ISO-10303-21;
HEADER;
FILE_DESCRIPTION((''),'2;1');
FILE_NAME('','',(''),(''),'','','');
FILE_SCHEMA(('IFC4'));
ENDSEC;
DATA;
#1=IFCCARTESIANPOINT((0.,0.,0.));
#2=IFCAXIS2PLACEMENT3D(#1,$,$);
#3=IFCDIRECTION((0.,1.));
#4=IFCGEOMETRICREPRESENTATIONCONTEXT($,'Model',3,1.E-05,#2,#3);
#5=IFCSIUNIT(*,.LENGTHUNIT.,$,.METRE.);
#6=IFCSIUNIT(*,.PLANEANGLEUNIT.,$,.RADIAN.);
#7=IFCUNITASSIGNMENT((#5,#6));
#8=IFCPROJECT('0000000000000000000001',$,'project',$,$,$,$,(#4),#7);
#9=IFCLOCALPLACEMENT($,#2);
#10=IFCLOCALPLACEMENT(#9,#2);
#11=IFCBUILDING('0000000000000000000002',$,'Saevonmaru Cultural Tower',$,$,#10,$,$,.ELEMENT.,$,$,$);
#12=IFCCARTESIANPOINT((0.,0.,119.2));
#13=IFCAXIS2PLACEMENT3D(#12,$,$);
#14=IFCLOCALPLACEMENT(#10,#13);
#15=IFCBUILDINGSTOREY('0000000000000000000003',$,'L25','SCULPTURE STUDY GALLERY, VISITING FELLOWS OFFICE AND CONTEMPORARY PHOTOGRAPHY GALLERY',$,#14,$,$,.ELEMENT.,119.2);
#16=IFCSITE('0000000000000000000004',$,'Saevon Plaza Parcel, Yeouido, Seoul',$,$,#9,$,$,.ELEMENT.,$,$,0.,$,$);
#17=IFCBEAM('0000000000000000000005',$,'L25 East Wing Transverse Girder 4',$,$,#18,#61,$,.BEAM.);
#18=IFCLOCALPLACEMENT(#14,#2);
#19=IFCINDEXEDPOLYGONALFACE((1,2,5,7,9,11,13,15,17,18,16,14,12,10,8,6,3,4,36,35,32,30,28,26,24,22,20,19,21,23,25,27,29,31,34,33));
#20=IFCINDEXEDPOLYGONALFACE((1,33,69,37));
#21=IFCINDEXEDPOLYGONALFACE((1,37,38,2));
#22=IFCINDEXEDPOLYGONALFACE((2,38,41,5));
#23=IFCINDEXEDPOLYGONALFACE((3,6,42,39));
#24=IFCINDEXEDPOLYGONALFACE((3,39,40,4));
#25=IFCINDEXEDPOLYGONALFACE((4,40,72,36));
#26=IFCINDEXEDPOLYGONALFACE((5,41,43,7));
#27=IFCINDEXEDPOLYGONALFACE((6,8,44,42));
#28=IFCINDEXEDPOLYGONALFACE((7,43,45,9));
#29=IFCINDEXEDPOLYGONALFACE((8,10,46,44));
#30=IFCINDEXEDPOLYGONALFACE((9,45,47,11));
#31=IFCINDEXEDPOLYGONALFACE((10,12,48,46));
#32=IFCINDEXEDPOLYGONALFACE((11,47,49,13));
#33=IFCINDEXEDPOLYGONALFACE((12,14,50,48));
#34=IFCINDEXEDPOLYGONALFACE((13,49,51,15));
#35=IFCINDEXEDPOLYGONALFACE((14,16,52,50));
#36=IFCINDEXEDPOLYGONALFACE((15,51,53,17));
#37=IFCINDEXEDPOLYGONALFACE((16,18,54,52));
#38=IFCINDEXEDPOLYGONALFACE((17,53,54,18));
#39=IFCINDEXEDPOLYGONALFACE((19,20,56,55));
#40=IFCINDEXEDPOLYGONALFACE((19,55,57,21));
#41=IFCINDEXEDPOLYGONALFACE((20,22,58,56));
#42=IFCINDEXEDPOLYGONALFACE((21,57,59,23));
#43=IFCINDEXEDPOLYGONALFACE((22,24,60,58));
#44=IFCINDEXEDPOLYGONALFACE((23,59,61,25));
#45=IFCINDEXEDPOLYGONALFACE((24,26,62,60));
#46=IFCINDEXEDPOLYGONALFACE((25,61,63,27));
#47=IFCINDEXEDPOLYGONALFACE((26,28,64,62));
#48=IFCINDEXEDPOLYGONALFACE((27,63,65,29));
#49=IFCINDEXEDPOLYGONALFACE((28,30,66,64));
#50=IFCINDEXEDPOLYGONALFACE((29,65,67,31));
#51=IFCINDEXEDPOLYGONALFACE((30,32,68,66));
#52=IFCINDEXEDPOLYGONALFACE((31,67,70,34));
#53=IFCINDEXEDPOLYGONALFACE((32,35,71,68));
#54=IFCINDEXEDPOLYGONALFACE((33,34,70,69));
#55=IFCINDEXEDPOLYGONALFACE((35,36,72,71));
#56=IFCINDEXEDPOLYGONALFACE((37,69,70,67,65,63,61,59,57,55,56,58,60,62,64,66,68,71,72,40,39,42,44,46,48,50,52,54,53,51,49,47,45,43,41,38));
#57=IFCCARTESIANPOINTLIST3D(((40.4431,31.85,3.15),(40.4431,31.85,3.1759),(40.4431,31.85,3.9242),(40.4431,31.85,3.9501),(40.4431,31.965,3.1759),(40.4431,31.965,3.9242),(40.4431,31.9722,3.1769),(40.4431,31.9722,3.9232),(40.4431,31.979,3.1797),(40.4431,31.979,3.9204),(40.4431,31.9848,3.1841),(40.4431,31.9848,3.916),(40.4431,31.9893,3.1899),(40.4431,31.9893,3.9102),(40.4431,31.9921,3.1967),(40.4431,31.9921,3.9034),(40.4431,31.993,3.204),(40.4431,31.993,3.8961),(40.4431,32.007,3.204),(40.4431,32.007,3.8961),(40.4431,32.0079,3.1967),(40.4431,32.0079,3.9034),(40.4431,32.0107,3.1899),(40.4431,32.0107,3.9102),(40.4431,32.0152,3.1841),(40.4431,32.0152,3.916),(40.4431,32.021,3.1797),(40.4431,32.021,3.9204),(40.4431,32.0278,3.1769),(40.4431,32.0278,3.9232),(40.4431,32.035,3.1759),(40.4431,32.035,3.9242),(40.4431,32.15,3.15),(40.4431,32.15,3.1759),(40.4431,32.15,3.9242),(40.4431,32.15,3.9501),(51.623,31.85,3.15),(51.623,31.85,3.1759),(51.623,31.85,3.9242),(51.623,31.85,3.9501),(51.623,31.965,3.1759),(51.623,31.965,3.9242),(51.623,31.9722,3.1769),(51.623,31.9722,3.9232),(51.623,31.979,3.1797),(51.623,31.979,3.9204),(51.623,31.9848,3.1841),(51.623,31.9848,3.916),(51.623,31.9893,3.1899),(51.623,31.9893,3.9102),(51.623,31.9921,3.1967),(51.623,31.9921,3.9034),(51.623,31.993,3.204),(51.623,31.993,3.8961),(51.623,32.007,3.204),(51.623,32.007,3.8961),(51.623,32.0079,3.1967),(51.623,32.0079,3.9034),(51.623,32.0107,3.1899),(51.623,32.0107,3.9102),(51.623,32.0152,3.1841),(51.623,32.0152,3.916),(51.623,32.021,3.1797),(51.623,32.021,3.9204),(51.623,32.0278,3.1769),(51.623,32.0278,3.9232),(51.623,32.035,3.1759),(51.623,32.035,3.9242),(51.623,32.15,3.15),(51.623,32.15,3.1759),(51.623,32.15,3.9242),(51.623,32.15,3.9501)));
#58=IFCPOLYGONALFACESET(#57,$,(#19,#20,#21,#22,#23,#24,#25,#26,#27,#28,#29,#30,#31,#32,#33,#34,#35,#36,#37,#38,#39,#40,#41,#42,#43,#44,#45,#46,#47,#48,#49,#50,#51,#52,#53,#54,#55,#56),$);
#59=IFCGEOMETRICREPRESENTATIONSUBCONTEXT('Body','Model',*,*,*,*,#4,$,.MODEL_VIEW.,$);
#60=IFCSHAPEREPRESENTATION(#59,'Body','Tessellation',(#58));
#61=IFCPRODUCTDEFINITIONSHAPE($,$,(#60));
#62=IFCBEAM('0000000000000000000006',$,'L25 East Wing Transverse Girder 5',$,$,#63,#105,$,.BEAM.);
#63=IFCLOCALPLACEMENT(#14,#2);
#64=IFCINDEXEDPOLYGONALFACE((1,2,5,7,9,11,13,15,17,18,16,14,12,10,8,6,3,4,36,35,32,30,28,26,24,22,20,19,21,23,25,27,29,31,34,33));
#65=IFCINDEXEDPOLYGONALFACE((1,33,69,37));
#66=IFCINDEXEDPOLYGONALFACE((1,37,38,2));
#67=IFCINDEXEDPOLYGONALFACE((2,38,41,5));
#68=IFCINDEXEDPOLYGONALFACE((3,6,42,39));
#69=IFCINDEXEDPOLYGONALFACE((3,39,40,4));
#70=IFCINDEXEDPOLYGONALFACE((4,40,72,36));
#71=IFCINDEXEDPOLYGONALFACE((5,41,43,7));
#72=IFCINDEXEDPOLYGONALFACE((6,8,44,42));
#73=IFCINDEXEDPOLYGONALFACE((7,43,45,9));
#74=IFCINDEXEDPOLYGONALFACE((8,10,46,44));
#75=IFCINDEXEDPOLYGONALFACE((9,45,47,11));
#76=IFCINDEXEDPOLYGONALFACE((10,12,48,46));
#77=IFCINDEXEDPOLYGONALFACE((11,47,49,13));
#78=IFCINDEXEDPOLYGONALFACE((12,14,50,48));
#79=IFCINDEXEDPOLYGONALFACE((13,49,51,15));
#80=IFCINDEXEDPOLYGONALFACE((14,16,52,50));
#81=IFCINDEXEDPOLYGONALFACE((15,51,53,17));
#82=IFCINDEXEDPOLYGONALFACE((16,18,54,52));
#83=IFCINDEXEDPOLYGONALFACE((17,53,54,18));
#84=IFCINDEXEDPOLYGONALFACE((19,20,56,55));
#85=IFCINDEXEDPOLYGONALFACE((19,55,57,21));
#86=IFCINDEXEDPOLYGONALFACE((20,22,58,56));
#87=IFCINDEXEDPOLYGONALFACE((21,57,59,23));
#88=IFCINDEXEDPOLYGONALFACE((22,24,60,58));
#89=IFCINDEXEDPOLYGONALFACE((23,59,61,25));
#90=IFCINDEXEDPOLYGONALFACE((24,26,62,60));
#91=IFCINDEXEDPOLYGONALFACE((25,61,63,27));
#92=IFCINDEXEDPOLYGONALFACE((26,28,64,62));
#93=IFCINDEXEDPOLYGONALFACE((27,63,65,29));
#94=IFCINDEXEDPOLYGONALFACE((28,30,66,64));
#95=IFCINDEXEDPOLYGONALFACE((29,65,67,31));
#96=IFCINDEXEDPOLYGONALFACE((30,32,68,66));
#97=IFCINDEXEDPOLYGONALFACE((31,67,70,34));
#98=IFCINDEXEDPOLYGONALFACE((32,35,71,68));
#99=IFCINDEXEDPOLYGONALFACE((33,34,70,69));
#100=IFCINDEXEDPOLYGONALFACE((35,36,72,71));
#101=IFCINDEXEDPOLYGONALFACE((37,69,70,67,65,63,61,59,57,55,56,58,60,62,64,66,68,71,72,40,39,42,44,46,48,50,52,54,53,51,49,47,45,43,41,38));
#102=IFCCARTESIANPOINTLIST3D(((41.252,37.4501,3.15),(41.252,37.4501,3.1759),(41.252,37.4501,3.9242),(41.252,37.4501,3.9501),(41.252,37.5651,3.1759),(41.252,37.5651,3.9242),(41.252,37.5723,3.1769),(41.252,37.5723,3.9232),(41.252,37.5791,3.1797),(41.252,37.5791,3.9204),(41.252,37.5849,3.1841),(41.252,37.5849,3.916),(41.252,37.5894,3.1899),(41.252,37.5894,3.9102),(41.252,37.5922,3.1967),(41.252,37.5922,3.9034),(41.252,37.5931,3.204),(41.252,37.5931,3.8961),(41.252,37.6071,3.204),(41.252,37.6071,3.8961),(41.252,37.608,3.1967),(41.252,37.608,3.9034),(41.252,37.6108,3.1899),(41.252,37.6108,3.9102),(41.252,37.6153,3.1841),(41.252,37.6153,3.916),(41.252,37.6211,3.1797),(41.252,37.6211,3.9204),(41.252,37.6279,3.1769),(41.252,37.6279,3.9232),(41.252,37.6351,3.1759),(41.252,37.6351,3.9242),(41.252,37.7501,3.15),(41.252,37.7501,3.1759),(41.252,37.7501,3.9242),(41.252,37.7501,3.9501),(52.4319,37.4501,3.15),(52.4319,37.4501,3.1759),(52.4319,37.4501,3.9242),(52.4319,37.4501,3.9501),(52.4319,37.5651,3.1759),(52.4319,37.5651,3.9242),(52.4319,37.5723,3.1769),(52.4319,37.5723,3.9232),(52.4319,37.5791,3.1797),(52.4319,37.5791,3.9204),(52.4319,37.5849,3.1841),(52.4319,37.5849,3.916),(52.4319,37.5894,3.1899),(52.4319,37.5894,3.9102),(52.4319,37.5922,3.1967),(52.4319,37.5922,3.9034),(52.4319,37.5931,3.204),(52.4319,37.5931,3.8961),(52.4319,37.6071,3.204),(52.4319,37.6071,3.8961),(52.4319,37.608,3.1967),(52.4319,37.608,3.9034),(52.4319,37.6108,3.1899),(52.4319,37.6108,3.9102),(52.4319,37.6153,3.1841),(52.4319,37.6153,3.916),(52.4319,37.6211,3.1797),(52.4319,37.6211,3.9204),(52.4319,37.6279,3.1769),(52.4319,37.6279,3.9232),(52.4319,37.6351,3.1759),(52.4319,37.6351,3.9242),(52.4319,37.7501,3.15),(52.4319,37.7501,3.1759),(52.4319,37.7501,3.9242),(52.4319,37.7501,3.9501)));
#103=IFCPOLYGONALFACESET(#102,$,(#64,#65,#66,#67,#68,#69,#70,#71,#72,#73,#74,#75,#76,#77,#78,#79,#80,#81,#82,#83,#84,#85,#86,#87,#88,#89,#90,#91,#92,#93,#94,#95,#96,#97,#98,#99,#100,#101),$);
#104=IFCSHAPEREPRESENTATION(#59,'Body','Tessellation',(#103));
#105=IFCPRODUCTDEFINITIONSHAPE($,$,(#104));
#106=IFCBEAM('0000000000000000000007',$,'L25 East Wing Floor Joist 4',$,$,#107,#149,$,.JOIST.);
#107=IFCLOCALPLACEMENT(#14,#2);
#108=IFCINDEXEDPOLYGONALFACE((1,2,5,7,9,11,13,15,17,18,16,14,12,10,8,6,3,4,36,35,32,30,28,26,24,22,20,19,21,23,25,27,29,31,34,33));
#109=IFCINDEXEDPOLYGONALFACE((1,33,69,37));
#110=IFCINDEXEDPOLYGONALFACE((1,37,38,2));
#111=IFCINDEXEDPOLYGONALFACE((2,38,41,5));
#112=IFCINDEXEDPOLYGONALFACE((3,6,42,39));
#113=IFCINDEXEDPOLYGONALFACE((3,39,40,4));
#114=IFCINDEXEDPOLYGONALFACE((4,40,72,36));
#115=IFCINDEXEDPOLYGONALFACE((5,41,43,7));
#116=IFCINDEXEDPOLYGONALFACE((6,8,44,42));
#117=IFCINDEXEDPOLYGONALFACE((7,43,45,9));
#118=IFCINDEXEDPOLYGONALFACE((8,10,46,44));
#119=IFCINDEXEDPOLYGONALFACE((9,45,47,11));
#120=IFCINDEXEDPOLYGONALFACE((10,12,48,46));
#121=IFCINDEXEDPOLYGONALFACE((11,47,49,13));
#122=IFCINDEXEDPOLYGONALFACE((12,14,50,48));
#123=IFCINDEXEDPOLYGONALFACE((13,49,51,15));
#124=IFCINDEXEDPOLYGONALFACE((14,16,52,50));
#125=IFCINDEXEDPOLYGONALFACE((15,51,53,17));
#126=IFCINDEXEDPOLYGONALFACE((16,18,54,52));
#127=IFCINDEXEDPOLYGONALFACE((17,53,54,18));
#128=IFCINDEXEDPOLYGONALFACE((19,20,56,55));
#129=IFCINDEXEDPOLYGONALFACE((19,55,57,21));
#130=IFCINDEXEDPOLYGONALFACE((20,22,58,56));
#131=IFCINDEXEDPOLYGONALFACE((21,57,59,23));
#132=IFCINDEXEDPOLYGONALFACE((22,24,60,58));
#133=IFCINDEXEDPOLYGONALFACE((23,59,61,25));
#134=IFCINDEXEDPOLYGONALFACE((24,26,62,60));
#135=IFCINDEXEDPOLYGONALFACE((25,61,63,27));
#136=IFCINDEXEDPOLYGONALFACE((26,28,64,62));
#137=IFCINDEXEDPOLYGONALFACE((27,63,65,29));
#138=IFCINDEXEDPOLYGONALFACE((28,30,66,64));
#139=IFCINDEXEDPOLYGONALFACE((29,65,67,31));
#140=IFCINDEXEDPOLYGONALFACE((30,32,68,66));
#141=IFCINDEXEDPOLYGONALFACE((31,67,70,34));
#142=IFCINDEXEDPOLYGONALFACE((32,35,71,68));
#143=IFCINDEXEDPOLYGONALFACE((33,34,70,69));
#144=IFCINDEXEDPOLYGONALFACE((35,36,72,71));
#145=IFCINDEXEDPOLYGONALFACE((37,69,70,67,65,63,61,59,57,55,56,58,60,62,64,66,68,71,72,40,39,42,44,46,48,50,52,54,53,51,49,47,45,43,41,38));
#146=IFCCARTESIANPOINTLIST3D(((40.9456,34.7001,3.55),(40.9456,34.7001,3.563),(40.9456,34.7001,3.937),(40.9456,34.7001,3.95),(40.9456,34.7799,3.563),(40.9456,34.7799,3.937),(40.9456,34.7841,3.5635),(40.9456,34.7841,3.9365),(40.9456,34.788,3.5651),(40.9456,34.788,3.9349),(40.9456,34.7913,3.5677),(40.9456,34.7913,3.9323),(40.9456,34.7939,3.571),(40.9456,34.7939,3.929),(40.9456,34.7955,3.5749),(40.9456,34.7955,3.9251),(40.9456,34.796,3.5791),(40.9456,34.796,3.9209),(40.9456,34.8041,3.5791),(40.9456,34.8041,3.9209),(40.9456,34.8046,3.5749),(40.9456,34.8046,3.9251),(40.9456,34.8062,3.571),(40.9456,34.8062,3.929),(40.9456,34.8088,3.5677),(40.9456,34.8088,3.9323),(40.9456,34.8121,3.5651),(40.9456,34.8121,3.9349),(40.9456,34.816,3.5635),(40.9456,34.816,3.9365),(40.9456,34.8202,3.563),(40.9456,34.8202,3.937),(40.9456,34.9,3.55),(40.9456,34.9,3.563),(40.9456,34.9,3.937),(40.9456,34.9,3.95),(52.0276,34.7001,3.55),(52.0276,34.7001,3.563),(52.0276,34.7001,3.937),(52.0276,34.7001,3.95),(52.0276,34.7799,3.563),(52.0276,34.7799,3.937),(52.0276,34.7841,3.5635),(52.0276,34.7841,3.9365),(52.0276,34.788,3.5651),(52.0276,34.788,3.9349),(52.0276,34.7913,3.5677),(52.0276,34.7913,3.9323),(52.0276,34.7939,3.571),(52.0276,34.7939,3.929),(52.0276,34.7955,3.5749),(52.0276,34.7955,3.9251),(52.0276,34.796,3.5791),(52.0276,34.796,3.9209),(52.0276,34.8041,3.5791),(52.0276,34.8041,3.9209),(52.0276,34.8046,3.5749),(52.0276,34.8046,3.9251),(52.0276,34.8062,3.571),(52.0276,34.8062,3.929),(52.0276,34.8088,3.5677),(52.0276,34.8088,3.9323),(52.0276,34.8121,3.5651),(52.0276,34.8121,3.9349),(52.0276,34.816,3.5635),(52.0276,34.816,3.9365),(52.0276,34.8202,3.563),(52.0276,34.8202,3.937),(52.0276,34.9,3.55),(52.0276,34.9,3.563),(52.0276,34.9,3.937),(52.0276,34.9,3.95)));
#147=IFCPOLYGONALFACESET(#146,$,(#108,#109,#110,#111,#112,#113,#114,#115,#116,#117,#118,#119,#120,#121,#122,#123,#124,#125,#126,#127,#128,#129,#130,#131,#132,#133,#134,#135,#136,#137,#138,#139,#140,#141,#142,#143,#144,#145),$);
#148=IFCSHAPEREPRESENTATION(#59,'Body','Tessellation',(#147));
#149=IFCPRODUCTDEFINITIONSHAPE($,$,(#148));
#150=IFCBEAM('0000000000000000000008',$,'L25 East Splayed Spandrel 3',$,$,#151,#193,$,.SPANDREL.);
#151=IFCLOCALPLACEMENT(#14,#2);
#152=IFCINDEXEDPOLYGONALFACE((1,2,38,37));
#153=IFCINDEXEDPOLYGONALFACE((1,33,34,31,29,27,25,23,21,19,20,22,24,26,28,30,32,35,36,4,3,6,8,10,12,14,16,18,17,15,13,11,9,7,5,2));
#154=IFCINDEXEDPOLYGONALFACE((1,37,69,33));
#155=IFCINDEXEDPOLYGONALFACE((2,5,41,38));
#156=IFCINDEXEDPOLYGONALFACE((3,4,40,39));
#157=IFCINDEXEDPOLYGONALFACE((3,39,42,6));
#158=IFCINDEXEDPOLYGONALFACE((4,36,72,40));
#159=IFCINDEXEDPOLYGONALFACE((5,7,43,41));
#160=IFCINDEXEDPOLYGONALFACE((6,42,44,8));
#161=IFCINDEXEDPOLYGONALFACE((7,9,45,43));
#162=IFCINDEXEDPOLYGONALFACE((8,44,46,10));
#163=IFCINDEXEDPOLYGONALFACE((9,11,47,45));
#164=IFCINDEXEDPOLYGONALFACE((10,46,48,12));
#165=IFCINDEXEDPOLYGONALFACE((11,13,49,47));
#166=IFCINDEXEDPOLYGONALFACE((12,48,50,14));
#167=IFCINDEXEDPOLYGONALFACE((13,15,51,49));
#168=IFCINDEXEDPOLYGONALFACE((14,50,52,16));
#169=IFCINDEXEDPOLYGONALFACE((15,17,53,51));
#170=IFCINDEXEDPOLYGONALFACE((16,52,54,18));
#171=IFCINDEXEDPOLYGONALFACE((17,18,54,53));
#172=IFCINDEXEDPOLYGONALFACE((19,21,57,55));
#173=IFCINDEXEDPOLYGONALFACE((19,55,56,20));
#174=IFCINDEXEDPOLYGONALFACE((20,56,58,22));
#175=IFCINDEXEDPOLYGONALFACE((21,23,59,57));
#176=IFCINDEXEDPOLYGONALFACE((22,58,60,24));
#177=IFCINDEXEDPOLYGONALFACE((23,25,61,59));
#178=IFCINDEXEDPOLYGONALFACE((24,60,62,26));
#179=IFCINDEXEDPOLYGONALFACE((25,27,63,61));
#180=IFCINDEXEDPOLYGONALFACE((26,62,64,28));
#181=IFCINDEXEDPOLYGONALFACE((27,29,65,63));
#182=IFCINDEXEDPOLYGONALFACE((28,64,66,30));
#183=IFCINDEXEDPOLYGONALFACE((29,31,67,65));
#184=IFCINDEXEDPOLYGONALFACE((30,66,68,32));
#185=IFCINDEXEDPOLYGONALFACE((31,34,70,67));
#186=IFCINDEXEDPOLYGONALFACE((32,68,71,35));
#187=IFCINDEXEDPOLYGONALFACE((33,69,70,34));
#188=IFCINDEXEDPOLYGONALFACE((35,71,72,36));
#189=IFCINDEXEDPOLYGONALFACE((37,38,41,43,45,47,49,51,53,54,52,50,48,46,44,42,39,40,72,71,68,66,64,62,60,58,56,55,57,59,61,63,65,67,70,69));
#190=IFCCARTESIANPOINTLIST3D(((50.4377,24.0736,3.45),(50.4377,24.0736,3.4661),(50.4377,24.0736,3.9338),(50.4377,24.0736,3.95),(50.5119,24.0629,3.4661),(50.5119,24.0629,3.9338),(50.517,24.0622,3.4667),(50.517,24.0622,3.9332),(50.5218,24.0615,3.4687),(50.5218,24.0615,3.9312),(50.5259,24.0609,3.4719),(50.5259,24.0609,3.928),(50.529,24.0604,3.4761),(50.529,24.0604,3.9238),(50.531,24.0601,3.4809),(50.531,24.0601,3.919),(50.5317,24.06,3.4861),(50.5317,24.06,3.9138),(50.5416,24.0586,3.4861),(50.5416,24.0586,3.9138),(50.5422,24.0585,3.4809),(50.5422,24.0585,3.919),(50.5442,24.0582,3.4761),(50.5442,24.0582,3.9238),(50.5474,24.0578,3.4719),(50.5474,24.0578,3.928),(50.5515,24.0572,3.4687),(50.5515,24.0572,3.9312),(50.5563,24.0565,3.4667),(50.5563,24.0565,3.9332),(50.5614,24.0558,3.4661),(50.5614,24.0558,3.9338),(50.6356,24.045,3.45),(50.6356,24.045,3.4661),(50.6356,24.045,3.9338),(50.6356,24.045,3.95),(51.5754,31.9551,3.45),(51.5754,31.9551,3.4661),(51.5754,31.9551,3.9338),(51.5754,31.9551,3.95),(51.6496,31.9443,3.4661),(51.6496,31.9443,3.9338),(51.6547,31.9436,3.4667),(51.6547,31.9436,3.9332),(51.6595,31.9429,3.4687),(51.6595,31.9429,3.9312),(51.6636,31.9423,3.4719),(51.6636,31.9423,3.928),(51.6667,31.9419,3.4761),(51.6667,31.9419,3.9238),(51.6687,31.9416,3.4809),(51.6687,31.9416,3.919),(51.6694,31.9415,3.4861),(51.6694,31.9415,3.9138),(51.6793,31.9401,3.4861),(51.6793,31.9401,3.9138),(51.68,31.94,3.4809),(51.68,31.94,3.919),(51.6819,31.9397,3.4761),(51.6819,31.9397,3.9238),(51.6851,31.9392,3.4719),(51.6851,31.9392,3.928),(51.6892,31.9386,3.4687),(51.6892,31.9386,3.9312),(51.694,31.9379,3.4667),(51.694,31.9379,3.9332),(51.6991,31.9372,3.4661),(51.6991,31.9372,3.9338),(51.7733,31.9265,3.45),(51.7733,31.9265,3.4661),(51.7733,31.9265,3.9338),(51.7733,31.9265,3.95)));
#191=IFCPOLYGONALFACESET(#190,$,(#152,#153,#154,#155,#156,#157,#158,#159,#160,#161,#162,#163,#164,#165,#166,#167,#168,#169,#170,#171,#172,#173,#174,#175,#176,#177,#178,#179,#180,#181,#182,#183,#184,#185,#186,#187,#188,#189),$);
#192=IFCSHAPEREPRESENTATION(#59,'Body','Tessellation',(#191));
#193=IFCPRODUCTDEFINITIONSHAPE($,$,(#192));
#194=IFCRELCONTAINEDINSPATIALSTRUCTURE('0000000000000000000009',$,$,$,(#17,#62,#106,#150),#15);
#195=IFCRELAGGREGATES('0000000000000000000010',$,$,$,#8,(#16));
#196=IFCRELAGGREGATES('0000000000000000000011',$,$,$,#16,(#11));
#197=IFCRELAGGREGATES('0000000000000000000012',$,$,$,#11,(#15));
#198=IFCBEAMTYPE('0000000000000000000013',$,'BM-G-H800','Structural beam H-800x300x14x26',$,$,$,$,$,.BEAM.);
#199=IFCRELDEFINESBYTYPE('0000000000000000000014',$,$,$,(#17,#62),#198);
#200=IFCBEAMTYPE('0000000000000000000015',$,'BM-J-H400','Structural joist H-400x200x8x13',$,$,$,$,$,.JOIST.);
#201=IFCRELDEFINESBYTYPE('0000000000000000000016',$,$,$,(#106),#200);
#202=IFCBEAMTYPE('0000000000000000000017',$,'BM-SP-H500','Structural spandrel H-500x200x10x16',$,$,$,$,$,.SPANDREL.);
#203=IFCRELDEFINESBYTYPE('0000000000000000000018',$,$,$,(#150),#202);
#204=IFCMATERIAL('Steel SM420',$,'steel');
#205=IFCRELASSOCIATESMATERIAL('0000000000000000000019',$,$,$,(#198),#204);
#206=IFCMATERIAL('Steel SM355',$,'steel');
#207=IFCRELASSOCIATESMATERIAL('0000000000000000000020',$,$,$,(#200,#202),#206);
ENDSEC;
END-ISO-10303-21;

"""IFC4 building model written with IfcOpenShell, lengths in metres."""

from ifc_helpers import new_model, si_unit, direction, frame, origin, origin_2d, place, context, subcontext, project, spatial, i_section, extrude, material, material_profile, profile_set, type_object, element, save


model = new_model("IFC4")

# Units and contexts
model_context = context("Model", 3, precision=1e-05, world=origin(), true_north=direction((0.0, 1.0)))
body_context = subcontext(model_context, "Body", "Model", "MODEL_VIEW")
ifc_project = project(units=[si_unit("LENGTHUNIT", "METRE"), si_unit("PLANEANGLEUNIT", "RADIAN")], contexts=[model_context])

# Site, building, storey
site_placement = place(None, origin())
site = spatial("IfcSite", under=ifc_project, at=site_placement, Name="Saevon Plaza Parcel, Yeouido, Seoul", CompositionType="ELEMENT", RefElevation=0.0)
building_placement = place(site_placement, origin())
building = spatial("IfcBuilding", under=site, at=building_placement, Name="Saevonmaru Cultural Tower", CompositionType="ELEMENT")
storey_placement = place(building_placement, frame((0.0, 0.0, 119.2)))
storey = spatial("IfcBuildingStorey", under=building, at=storey_placement, Name="L25", Description="SCULPTURE STUDY GALLERY, VISITING FELLOWS OFFICE AND CONTEMPORARY PHOTOGRAPHY GALLERY", CompositionType="ELEMENT", Elevation=119.2)

# Shared definitions
ifc_material_1 = material(Name="Steel SM420", Category="steel")
ifc_material_2 = material(Name="Steel SM355", Category="steel")

# Beams
ifc_material_profile_1 = material_profile(ifc_material_1, i_section(OverallWidth=0.3, OverallDepth=0.8, WebThickness=0.0139, FlangeThickness=0.0259, FilletRadius=0.0281, at=origin_2d()), Name="H-800x300x14x26")
ifc_profile_set_1 = profile_set([ifc_material_profile_1], Name="Steel SM420")
beam_type_1 = type_object("IfcBeamType", Name="BM-G-H800", Description="Structural beam H-800x300x14x26", PredefinedType="BEAM", material=ifc_profile_set_1)
for number, where, z_axis, x_axis, name in (
    (1, (40.4431, 32.0, 3.55), (1.0, 0.0, 0.0), (0.0, 1.0, 0.0), "L25 East Wing Transverse Girder 4"),
    (2, (41.252, 37.6001, 3.55), (1.0, 0.0, 0.0), (0.0, 1.0, 0.0), "L25 East Wing Transverse Girder 5"),
):
    element("IfcBeam", number, at=place(storey_placement, frame(where, z_axis=z_axis, x_axis=x_axis)), inside=storey, type_object=beam_type_1, Name=name, PredefinedType="BEAM", context=body_context, shape_type="SweptSolid", body=[
        extrude(i_section(OverallWidth=0.3, OverallDepth=0.8, WebThickness=0.0139, FlangeThickness=0.0259, FilletRadius=0.0281, at=origin_2d()), origin(), (0.0, 0.0, 1.0), 11.1799),
    ])
ifc_material_profile_2 = material_profile(ifc_material_2, i_section(OverallWidth=0.2, OverallDepth=0.3999, WebThickness=0.0081, FlangeThickness=0.0129, FilletRadius=0.0161, at=origin_2d()), Name="H-400x200x8x13")
ifc_profile_set_2 = profile_set([ifc_material_profile_2], Name="Steel SM355")
beam_type_2 = type_object("IfcBeamType", Name="BM-J-H400", Description="Structural joist H-400x200x8x13", PredefinedType="JOIST", material=ifc_profile_set_2)
beam_1_placement = place(storey_placement, frame((40.9456, 34.8, 3.75), z_axis=(1.0, 0.0, 0.0), x_axis=(0.0, 1.0, 0.0)))
element("IfcBeam", 3, at=beam_1_placement, inside=storey, type_object=beam_type_2, Name="L25 East Wing Floor Joist 4", PredefinedType="JOIST", context=body_context, shape_type="SweptSolid", body=[
    extrude(i_section(OverallWidth=0.2, OverallDepth=0.3999, WebThickness=0.0081, FlangeThickness=0.0129, FilletRadius=0.0161, at=origin_2d()), origin(), (0.0, 0.0, 1.0), 11.082),
])
ifc_material_profile_3 = material_profile(ifc_material_2, i_section(OverallWidth=0.2, OverallDepth=0.5, WebThickness=0.01, FlangeThickness=0.0161, FilletRadius=0.02, at=origin_2d()), Name="H-500x200x10x16")
ifc_profile_set_3 = profile_set([ifc_material_profile_3], Name="Steel SM355")
beam_type_3 = type_object("IfcBeamType", Name="BM-SP-H500", Description="Structural spandrel H-500x200x10x16", PredefinedType="SPANDREL", material=ifc_profile_set_3)
beam_2_placement = place(storey_placement, frame((50.5366, 24.0593, 3.7), z_axis=(0.142872, 0.989741, 0.0), x_axis=(-0.989741, 0.142872, 0.0)))
element("IfcBeam", 4, at=beam_2_placement, inside=storey, type_object=beam_type_3, Name="L25 East Splayed Spandrel 3", PredefinedType="SPANDREL", context=body_context, shape_type="SweptSolid", body=[
    extrude(i_section(OverallWidth=0.2, OverallDepth=0.5, WebThickness=0.01, FlangeThickness=0.0161, FilletRadius=0.02, at=origin_2d()), origin(), (0.0, 0.0, 1.0), 7.9631),
])

save(model, "model.ifc")
